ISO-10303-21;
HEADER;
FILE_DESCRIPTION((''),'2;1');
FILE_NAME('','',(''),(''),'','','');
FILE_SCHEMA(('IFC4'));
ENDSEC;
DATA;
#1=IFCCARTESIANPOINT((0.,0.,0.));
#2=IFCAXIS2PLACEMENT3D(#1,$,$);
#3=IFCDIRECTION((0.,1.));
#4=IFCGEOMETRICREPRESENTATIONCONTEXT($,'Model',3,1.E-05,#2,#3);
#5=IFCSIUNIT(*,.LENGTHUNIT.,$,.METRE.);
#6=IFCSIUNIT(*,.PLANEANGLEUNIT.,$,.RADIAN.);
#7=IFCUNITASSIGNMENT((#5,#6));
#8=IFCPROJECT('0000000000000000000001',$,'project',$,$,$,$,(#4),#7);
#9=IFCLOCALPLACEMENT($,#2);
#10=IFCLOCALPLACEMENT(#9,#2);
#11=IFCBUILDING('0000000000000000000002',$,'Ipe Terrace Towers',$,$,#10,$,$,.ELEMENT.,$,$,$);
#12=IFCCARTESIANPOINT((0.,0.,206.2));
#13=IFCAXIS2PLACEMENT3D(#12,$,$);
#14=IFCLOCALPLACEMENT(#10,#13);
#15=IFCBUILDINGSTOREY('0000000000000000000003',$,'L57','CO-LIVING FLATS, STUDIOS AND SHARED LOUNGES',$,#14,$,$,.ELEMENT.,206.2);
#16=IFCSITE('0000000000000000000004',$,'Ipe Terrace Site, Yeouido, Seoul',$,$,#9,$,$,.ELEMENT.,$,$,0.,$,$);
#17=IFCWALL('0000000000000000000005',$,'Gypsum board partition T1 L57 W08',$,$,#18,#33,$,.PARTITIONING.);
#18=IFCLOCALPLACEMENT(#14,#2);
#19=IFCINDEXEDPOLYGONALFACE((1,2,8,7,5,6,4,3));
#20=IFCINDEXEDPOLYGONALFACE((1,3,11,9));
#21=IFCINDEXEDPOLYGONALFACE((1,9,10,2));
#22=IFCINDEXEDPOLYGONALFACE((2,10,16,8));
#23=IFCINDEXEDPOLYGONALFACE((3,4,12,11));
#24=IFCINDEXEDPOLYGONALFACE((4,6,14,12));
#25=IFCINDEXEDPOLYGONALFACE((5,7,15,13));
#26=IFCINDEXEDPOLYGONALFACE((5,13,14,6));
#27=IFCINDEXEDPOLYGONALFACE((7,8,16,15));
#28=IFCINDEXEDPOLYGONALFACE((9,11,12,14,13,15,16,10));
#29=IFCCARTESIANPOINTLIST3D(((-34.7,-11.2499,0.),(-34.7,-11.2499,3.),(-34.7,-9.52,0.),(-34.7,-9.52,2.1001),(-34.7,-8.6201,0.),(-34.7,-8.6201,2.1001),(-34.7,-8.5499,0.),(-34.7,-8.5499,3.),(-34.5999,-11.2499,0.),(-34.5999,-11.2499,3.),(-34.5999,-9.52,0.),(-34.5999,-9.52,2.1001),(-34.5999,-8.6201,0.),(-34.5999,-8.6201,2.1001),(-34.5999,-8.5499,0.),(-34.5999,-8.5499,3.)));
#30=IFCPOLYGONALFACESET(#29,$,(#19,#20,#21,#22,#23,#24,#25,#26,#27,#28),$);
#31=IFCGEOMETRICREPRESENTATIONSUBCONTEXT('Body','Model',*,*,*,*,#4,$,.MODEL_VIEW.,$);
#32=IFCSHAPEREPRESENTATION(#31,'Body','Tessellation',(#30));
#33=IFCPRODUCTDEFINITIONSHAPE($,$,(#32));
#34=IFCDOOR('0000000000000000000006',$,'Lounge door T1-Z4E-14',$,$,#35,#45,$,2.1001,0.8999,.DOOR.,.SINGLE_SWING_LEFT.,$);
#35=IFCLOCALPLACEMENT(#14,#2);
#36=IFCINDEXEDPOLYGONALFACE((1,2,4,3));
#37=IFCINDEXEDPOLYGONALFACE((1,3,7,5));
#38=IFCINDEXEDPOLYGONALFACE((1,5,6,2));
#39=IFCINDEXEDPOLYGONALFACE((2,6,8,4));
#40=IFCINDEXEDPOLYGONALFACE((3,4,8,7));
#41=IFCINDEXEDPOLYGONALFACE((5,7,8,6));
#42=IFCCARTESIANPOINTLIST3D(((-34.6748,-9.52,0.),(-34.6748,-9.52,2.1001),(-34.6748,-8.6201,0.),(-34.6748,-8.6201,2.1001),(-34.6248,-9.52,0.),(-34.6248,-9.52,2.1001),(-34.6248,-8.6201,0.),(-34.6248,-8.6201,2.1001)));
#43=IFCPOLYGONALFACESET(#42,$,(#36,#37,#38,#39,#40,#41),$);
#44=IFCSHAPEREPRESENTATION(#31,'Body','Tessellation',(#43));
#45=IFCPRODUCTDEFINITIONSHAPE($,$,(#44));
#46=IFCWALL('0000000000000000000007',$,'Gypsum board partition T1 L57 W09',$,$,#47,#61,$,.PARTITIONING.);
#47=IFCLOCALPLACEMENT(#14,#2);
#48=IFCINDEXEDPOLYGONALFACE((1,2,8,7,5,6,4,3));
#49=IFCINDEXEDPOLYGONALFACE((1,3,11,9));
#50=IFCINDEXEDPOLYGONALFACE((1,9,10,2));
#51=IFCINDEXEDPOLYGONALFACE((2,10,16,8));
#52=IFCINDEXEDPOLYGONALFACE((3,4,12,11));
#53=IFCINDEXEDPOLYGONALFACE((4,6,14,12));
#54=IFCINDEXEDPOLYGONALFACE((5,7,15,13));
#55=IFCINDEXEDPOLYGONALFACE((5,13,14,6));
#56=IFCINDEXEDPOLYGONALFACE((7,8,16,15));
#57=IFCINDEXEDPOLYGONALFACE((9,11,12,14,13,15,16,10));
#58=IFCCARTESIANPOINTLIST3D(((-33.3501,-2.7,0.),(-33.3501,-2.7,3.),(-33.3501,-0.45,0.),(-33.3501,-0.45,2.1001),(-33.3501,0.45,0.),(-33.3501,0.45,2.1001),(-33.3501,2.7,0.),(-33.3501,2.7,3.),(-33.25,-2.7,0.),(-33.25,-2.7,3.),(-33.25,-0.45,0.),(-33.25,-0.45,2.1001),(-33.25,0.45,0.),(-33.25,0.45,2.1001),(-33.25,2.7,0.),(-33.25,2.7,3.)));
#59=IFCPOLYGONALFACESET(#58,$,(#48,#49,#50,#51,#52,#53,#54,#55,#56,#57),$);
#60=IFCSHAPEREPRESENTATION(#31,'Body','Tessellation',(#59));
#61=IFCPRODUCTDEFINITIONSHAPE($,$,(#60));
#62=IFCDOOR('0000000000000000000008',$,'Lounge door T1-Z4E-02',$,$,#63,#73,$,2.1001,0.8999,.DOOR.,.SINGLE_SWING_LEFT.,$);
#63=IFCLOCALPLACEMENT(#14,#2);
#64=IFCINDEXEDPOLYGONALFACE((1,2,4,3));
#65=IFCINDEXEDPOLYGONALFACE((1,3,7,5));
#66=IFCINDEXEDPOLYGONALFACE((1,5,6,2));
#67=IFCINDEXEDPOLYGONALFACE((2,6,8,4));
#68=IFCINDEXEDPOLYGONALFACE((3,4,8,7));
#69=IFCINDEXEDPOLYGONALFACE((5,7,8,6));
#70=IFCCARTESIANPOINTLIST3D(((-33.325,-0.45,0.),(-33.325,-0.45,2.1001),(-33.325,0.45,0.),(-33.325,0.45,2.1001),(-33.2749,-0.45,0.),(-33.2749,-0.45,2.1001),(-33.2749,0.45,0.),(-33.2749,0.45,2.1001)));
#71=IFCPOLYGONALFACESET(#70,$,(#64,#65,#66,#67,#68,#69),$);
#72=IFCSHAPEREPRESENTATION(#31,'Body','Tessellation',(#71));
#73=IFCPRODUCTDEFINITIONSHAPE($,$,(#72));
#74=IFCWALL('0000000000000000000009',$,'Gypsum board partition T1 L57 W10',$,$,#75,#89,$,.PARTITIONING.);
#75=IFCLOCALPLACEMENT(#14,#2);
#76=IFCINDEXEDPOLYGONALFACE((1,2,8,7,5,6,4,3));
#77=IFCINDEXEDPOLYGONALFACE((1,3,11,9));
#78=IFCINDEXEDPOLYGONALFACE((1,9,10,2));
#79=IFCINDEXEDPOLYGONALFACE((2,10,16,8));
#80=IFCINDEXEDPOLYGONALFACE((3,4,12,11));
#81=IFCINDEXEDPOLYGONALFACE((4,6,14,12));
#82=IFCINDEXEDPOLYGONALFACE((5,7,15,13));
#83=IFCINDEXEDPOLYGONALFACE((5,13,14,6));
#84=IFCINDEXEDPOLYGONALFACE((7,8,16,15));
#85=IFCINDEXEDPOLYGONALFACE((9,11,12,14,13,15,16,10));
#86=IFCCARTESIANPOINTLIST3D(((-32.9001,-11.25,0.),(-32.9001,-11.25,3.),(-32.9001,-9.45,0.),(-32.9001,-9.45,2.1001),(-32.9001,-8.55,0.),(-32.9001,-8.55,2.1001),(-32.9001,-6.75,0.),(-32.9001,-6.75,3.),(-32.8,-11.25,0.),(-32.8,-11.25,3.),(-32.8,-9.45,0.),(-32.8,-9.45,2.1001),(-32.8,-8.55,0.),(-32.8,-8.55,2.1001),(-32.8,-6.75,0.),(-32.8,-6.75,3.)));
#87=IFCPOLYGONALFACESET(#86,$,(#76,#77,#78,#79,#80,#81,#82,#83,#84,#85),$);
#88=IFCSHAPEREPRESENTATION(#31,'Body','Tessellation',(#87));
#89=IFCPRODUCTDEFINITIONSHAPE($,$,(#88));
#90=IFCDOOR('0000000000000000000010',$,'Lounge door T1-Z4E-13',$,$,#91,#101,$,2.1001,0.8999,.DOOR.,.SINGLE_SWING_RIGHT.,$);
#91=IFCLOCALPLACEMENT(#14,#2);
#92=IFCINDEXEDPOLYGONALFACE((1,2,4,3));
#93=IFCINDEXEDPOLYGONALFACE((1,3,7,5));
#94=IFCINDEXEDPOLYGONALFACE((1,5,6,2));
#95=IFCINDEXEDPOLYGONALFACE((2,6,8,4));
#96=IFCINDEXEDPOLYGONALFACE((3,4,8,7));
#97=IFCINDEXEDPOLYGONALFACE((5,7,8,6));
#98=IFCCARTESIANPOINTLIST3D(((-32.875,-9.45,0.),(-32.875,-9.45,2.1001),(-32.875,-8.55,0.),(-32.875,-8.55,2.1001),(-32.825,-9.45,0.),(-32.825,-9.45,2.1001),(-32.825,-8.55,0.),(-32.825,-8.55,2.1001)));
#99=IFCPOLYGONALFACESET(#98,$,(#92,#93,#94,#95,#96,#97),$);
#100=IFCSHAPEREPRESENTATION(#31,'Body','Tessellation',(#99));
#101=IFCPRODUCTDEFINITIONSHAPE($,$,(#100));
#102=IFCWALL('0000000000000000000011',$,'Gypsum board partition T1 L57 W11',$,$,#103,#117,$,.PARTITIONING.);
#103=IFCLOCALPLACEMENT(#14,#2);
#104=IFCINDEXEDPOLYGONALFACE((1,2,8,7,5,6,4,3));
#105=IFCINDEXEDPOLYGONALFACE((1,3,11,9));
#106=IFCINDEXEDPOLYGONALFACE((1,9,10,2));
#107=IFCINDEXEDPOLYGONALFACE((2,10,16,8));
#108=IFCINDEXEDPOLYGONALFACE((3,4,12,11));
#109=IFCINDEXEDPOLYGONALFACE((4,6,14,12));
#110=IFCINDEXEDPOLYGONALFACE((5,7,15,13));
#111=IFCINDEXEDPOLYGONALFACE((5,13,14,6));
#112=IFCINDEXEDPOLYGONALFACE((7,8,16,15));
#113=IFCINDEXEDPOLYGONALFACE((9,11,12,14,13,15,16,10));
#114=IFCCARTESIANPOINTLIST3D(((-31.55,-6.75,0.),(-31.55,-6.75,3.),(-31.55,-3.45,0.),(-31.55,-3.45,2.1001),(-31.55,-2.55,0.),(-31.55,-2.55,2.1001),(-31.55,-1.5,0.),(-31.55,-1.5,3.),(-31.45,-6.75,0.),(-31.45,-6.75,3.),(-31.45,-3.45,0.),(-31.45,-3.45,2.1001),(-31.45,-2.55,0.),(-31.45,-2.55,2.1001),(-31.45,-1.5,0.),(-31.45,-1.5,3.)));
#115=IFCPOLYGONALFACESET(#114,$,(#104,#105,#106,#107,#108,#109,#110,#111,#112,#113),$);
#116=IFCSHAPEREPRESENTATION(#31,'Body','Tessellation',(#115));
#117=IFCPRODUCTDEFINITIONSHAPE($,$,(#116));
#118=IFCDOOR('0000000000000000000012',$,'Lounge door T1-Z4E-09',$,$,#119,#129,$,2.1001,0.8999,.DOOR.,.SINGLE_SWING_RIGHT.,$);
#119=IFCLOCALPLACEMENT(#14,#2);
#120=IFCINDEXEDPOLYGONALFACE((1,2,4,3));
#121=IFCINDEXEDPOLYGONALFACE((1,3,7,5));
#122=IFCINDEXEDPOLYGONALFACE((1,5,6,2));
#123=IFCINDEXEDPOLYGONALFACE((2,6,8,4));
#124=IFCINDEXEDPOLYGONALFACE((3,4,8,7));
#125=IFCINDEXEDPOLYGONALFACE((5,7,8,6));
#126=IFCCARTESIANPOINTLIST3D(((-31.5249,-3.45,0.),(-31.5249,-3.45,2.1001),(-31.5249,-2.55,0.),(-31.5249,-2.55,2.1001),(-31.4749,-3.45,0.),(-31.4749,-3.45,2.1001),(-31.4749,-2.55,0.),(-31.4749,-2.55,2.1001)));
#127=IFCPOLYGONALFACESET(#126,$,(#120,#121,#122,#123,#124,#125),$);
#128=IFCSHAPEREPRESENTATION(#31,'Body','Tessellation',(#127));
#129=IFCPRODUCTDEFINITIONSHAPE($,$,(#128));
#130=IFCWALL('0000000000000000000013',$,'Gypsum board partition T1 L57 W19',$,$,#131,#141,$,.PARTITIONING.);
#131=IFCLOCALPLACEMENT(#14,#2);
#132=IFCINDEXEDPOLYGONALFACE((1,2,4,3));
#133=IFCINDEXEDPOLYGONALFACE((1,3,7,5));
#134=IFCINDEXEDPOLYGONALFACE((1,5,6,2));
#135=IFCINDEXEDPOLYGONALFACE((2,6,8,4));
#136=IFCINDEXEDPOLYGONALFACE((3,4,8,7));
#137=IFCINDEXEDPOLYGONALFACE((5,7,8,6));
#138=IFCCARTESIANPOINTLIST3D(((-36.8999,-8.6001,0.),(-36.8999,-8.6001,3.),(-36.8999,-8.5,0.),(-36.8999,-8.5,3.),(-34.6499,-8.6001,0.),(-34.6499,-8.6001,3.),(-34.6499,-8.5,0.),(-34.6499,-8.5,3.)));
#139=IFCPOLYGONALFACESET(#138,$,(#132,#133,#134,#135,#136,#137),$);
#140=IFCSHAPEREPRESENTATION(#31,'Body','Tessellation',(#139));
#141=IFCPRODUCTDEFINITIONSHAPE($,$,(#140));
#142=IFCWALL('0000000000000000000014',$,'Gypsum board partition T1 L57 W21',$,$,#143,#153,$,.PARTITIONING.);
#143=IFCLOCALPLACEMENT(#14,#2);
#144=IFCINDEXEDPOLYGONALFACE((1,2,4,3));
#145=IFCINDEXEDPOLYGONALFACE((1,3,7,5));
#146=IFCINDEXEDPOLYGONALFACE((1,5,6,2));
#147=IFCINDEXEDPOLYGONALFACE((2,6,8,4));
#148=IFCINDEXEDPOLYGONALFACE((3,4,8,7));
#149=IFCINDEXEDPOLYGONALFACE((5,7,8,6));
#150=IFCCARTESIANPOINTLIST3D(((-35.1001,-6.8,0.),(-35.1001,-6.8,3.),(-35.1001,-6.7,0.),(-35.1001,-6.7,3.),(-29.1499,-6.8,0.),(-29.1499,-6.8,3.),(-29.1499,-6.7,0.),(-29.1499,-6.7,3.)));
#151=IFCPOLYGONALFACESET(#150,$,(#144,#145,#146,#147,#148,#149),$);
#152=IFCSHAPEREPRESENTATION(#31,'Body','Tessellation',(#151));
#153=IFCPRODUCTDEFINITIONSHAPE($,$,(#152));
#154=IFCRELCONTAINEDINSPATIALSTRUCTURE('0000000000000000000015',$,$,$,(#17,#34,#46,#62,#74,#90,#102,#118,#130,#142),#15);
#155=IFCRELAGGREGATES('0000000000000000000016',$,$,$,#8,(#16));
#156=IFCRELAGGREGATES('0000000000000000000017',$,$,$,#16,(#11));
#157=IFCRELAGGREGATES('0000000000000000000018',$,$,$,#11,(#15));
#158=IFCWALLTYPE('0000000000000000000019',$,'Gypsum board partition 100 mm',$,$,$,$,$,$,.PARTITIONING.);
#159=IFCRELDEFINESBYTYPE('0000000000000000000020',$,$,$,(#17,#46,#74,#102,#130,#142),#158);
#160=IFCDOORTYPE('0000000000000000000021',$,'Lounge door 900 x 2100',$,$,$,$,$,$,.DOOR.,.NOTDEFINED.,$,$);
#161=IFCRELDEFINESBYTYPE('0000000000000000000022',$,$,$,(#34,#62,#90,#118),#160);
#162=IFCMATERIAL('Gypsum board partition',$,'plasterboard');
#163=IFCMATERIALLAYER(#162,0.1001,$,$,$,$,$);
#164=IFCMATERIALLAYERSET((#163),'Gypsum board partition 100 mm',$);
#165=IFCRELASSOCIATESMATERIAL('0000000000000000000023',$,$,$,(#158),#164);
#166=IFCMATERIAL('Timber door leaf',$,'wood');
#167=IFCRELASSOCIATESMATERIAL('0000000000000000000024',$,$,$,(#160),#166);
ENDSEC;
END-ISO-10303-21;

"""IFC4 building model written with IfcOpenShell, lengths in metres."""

from ifc_helpers import new_model, si_unit, direction, frame, frame_2d, origin, place, context, subcontext, project, spatial, rectangle, extrude, material, layer, layer_set, type_object, element, fill, save


model = new_model("IFC4")

# Units and contexts
model_context = context("Model", 3, precision=1e-05, world=origin(), true_north=direction((0.0, 1.0)))
body_context = subcontext(model_context, "Body", "Model", "MODEL_VIEW")
ifc_project = project(units=[si_unit("LENGTHUNIT", "METRE"), si_unit("PLANEANGLEUNIT", "RADIAN")], contexts=[model_context])

# Site, building, storey
site_placement = place(None, origin())
site = spatial("IfcSite", under=ifc_project, at=site_placement, Name="Ipe Terrace Site, Yeouido, Seoul", CompositionType="ELEMENT", RefElevation=0.0)
building_placement = place(site_placement, origin())
building = spatial("IfcBuilding", under=site, at=building_placement, Name="Ipe Terrace Towers", CompositionType="ELEMENT")
storey_placement = place(building_placement, frame((0.0, 0.0, 206.2)))
storey = spatial("IfcBuildingStorey", under=building, at=storey_placement, Name="L57", Description="CO-LIVING FLATS, STUDIOS AND SHARED LOUNGES", CompositionType="ELEMENT", Elevation=206.2)

# Shared definitions
ifc_material_1 = material(Name="Gypsum board partition", Category="plasterboard")
ifc_layer_1 = layer(ifc_material_1, 0.1001)
ifc_layer_set_1 = layer_set([ifc_layer_1], Name="Gypsum board partition 100 mm")
wall_type_1 = type_object("IfcWallType", Name="Gypsum board partition 100 mm", PredefinedType="PARTITIONING", material=ifc_layer_set_1)

# Walls, openings, doors
wall_1_placement = place(storey_placement, frame((-34.6499, -11.25, 0.0), z_axis=(0.0, 0.0, 1.0), x_axis=(0.0, 1.0, 0.0)))
wall_1 = element("IfcWall", 1, at=wall_1_placement, inside=storey, type_object=wall_type_1, Name="Gypsum board partition T1 L57 W08", PredefinedType="PARTITIONING", context=body_context, shape_type="SweptSolid", body=[
    extrude(rectangle(XDim=2.7, YDim=0.1001, at=frame_2d((1.3501, 0.0))), origin(), (0.0, 0.0, 1.0), 3.0),
])
opening_1_placement = place(wall_1_placement, frame((1.73, 0.0, 0.0)))
opening_1 = element("IfcOpeningElement", 2, at=opening_1_placement, cuts=wall_1, PredefinedType="OPENING", context=body_context, shape_type="SweptSolid", body=[
    extrude(rectangle(XDim=0.8999, YDim=2.1001, at=frame_2d((0.45, 1.05))), frame((0.0, 0.0601, 0.0), z_axis=(0.0, -1.0, 0.0), x_axis=(1.0, 0.0, 0.0)), (0.0, 0.0, 1.0), 0.1201),
])
ifc_material_2 = material(Name="Timber door leaf", Category="wood")
door_type = type_object("IfcDoorType", Name="Lounge door 900 x 2100", OperationType="NOTDEFINED", PredefinedType="DOOR", material=ifc_material_2)
door_1_placement = place(opening_1_placement, origin())
door_1 = element("IfcDoor", 3, at=door_1_placement, inside=storey, type_object=door_type, Name="Lounge door T1-Z4E-14", OperationType="SINGLE_SWING_LEFT", OverallHeight=2.1001, OverallWidth=0.8999, PredefinedType="DOOR", context=body_context, shape_type="SweptSolid", body=[
    extrude(rectangle(XDim=0.8999, YDim=2.1001, at=frame_2d((0.45, 1.05))), frame((0.0, 0.0249, 0.0), z_axis=(0.0, -1.0, 0.0), x_axis=(1.0, 0.0, 0.0)), (0.0, 0.0, 1.0), 0.05),
])
fill(opening_1, door_1)
wall_2_placement = place(storey_placement, frame((-33.3, -2.7, 0.0), z_axis=(0.0, 0.0, 1.0), x_axis=(0.0, 1.0, 0.0)))
wall_2 = element("IfcWall", 4, at=wall_2_placement, inside=storey, type_object=wall_type_1, Name="Gypsum board partition T1 L57 W09", PredefinedType="PARTITIONING", context=body_context, shape_type="SweptSolid", body=[
    extrude(rectangle(XDim=5.3999, YDim=0.1001, at=frame_2d((2.7, 0.0))), origin(), (0.0, 0.0, 1.0), 3.0),
])
opening_2_placement = place(wall_2_placement, frame((2.25, 0.0, 0.0)))
opening_2 = element("IfcOpeningElement", 5, at=opening_2_placement, cuts=wall_2, PredefinedType="OPENING", context=body_context, shape_type="SweptSolid", body=[
    extrude(rectangle(XDim=0.8999, YDim=2.1001, at=frame_2d((0.45, 1.05))), frame((0.0, 0.0601, 0.0), z_axis=(0.0, -1.0, 0.0), x_axis=(1.0, 0.0, 0.0)), (0.0, 0.0, 1.0), 0.1201),
])
door_2_placement = place(opening_2_placement, origin())
door_2 = element("IfcDoor", 6, at=door_2_placement, inside=storey, type_object=door_type, Name="Lounge door T1-Z4E-02", OperationType="SINGLE_SWING_LEFT", OverallHeight=2.1001, OverallWidth=0.8999, PredefinedType="DOOR", context=body_context, shape_type="SweptSolid", body=[
    extrude(rectangle(XDim=0.8999, YDim=2.1001, at=frame_2d((0.45, 1.05))), frame((0.0, 0.0249, 0.0), z_axis=(0.0, -1.0, 0.0), x_axis=(1.0, 0.0, 0.0)), (0.0, 0.0, 1.0), 0.05),
])
fill(opening_2, door_2)
wall_3_placement = place(storey_placement, frame((-32.8501, -11.25, 0.0), z_axis=(0.0, 0.0, 1.0), x_axis=(0.0, 1.0, 0.0)))
wall_3 = element("IfcWall", 7, at=wall_3_placement, inside=storey, type_object=wall_type_1, Name="Gypsum board partition T1 L57 W10", PredefinedType="PARTITIONING", context=body_context, shape_type="SweptSolid", body=[
    extrude(rectangle(XDim=4.5, YDim=0.1001, at=frame_2d((2.25, 0.0))), origin(), (0.0, 0.0, 1.0), 3.0),
])
opening_3_placement = place(wall_3_placement, frame((1.8, 0.0, 0.0)))
opening_3 = element("IfcOpeningElement", 8, at=opening_3_placement, cuts=wall_3, PredefinedType="OPENING", context=body_context, shape_type="SweptSolid", body=[
    extrude(rectangle(XDim=0.8999, YDim=2.1001, at=frame_2d((0.45, 1.05))), frame((0.0, 0.0601, 0.0), z_axis=(0.0, -1.0, 0.0), x_axis=(1.0, 0.0, 0.0)), (0.0, 0.0, 1.0), 0.1201),
])
door_3_placement = place(opening_3_placement, origin())
door_3 = element("IfcDoor", 9, at=door_3_placement, inside=storey, type_object=door_type, Name="Lounge door T1-Z4E-13", OperationType="SINGLE_SWING_RIGHT", OverallHeight=2.1001, OverallWidth=0.8999, PredefinedType="DOOR", context=body_context, shape_type="SweptSolid", body=[
    extrude(rectangle(XDim=0.8999, YDim=2.1001, at=frame_2d((0.45, 1.05))), frame((0.0, 0.0249, 0.0), z_axis=(0.0, -1.0, 0.0), x_axis=(1.0, 0.0, 0.0)), (0.0, 0.0, 1.0), 0.05),
])
fill(opening_3, door_3)
wall_4_placement = place(storey_placement, frame((-31.5, -6.75, 0.0), z_axis=(0.0, 0.0, 1.0), x_axis=(0.0, 1.0, 0.0)))
wall_4 = element("IfcWall", 10, at=wall_4_placement, inside=storey, type_object=wall_type_1, Name="Gypsum board partition T1 L57 W11", PredefinedType="PARTITIONING", context=body_context, shape_type="SweptSolid", body=[
    extrude(rectangle(XDim=5.25, YDim=0.1001, at=frame_2d((2.625, 0.0))), origin(), (0.0, 0.0, 1.0), 3.0),
])
opening_4_placement = place(wall_4_placement, frame((3.3, 0.0, 0.0)))
opening_4 = element("IfcOpeningElement", 11, at=opening_4_placement, cuts=wall_4, PredefinedType="OPENING", context=body_context, shape_type="SweptSolid", body=[
    extrude(rectangle(XDim=0.8999, YDim=2.1001, at=frame_2d((0.45, 1.05))), frame((0.0, 0.0601, 0.0), z_axis=(0.0, -1.0, 0.0), x_axis=(1.0, 0.0, 0.0)), (0.0, 0.0, 1.0), 0.1201),
])
door_4_placement = place(opening_4_placement, origin())
door_4 = element("IfcDoor", 12, at=door_4_placement, inside=storey, type_object=door_type, Name="Lounge door T1-Z4E-09", OperationType="SINGLE_SWING_RIGHT", OverallHeight=2.1001, OverallWidth=0.8999, PredefinedType="DOOR", context=body_context, shape_type="SweptSolid", body=[
    extrude(rectangle(XDim=0.8999, YDim=2.1001, at=frame_2d((0.45, 1.05))), frame((0.0, 0.0249, 0.0), z_axis=(0.0, -1.0, 0.0), x_axis=(1.0, 0.0, 0.0)), (0.0, 0.0, 1.0), 0.05),
])
fill(opening_4, door_4)

# Walls
wall_5_placement = place(storey_placement, frame((-36.8999, -8.55, 0.0), z_axis=(0.0, 0.0, 1.0), x_axis=(1.0, 0.0, 0.0)))
element("IfcWall", 13, at=wall_5_placement, inside=storey, type_object=wall_type_1, Name="Gypsum board partition T1 L57 W19", PredefinedType="PARTITIONING", context=body_context, shape_type="SweptSolid", body=[
    extrude(rectangle(XDim=2.25, YDim=0.1001, at=frame_2d((1.125, 0.0))), origin(), (0.0, 0.0, 1.0), 3.0),
])
wall_6_placement = place(storey_placement, frame((-35.1001, -6.75, 0.0), z_axis=(0.0, 0.0, 1.0), x_axis=(1.0, 0.0, 0.0)))
element("IfcWall", 14, at=wall_6_placement, inside=storey, type_object=wall_type_1, Name="Gypsum board partition T1 L57 W21", PredefinedType="PARTITIONING", context=body_context, shape_type="SweptSolid", body=[
    extrude(rectangle(XDim=5.9502, YDim=0.1001, at=frame_2d((2.9751, 0.0))), origin(), (0.0, 0.0, 1.0), 3.0),
])

save(model, "model.ifc")
